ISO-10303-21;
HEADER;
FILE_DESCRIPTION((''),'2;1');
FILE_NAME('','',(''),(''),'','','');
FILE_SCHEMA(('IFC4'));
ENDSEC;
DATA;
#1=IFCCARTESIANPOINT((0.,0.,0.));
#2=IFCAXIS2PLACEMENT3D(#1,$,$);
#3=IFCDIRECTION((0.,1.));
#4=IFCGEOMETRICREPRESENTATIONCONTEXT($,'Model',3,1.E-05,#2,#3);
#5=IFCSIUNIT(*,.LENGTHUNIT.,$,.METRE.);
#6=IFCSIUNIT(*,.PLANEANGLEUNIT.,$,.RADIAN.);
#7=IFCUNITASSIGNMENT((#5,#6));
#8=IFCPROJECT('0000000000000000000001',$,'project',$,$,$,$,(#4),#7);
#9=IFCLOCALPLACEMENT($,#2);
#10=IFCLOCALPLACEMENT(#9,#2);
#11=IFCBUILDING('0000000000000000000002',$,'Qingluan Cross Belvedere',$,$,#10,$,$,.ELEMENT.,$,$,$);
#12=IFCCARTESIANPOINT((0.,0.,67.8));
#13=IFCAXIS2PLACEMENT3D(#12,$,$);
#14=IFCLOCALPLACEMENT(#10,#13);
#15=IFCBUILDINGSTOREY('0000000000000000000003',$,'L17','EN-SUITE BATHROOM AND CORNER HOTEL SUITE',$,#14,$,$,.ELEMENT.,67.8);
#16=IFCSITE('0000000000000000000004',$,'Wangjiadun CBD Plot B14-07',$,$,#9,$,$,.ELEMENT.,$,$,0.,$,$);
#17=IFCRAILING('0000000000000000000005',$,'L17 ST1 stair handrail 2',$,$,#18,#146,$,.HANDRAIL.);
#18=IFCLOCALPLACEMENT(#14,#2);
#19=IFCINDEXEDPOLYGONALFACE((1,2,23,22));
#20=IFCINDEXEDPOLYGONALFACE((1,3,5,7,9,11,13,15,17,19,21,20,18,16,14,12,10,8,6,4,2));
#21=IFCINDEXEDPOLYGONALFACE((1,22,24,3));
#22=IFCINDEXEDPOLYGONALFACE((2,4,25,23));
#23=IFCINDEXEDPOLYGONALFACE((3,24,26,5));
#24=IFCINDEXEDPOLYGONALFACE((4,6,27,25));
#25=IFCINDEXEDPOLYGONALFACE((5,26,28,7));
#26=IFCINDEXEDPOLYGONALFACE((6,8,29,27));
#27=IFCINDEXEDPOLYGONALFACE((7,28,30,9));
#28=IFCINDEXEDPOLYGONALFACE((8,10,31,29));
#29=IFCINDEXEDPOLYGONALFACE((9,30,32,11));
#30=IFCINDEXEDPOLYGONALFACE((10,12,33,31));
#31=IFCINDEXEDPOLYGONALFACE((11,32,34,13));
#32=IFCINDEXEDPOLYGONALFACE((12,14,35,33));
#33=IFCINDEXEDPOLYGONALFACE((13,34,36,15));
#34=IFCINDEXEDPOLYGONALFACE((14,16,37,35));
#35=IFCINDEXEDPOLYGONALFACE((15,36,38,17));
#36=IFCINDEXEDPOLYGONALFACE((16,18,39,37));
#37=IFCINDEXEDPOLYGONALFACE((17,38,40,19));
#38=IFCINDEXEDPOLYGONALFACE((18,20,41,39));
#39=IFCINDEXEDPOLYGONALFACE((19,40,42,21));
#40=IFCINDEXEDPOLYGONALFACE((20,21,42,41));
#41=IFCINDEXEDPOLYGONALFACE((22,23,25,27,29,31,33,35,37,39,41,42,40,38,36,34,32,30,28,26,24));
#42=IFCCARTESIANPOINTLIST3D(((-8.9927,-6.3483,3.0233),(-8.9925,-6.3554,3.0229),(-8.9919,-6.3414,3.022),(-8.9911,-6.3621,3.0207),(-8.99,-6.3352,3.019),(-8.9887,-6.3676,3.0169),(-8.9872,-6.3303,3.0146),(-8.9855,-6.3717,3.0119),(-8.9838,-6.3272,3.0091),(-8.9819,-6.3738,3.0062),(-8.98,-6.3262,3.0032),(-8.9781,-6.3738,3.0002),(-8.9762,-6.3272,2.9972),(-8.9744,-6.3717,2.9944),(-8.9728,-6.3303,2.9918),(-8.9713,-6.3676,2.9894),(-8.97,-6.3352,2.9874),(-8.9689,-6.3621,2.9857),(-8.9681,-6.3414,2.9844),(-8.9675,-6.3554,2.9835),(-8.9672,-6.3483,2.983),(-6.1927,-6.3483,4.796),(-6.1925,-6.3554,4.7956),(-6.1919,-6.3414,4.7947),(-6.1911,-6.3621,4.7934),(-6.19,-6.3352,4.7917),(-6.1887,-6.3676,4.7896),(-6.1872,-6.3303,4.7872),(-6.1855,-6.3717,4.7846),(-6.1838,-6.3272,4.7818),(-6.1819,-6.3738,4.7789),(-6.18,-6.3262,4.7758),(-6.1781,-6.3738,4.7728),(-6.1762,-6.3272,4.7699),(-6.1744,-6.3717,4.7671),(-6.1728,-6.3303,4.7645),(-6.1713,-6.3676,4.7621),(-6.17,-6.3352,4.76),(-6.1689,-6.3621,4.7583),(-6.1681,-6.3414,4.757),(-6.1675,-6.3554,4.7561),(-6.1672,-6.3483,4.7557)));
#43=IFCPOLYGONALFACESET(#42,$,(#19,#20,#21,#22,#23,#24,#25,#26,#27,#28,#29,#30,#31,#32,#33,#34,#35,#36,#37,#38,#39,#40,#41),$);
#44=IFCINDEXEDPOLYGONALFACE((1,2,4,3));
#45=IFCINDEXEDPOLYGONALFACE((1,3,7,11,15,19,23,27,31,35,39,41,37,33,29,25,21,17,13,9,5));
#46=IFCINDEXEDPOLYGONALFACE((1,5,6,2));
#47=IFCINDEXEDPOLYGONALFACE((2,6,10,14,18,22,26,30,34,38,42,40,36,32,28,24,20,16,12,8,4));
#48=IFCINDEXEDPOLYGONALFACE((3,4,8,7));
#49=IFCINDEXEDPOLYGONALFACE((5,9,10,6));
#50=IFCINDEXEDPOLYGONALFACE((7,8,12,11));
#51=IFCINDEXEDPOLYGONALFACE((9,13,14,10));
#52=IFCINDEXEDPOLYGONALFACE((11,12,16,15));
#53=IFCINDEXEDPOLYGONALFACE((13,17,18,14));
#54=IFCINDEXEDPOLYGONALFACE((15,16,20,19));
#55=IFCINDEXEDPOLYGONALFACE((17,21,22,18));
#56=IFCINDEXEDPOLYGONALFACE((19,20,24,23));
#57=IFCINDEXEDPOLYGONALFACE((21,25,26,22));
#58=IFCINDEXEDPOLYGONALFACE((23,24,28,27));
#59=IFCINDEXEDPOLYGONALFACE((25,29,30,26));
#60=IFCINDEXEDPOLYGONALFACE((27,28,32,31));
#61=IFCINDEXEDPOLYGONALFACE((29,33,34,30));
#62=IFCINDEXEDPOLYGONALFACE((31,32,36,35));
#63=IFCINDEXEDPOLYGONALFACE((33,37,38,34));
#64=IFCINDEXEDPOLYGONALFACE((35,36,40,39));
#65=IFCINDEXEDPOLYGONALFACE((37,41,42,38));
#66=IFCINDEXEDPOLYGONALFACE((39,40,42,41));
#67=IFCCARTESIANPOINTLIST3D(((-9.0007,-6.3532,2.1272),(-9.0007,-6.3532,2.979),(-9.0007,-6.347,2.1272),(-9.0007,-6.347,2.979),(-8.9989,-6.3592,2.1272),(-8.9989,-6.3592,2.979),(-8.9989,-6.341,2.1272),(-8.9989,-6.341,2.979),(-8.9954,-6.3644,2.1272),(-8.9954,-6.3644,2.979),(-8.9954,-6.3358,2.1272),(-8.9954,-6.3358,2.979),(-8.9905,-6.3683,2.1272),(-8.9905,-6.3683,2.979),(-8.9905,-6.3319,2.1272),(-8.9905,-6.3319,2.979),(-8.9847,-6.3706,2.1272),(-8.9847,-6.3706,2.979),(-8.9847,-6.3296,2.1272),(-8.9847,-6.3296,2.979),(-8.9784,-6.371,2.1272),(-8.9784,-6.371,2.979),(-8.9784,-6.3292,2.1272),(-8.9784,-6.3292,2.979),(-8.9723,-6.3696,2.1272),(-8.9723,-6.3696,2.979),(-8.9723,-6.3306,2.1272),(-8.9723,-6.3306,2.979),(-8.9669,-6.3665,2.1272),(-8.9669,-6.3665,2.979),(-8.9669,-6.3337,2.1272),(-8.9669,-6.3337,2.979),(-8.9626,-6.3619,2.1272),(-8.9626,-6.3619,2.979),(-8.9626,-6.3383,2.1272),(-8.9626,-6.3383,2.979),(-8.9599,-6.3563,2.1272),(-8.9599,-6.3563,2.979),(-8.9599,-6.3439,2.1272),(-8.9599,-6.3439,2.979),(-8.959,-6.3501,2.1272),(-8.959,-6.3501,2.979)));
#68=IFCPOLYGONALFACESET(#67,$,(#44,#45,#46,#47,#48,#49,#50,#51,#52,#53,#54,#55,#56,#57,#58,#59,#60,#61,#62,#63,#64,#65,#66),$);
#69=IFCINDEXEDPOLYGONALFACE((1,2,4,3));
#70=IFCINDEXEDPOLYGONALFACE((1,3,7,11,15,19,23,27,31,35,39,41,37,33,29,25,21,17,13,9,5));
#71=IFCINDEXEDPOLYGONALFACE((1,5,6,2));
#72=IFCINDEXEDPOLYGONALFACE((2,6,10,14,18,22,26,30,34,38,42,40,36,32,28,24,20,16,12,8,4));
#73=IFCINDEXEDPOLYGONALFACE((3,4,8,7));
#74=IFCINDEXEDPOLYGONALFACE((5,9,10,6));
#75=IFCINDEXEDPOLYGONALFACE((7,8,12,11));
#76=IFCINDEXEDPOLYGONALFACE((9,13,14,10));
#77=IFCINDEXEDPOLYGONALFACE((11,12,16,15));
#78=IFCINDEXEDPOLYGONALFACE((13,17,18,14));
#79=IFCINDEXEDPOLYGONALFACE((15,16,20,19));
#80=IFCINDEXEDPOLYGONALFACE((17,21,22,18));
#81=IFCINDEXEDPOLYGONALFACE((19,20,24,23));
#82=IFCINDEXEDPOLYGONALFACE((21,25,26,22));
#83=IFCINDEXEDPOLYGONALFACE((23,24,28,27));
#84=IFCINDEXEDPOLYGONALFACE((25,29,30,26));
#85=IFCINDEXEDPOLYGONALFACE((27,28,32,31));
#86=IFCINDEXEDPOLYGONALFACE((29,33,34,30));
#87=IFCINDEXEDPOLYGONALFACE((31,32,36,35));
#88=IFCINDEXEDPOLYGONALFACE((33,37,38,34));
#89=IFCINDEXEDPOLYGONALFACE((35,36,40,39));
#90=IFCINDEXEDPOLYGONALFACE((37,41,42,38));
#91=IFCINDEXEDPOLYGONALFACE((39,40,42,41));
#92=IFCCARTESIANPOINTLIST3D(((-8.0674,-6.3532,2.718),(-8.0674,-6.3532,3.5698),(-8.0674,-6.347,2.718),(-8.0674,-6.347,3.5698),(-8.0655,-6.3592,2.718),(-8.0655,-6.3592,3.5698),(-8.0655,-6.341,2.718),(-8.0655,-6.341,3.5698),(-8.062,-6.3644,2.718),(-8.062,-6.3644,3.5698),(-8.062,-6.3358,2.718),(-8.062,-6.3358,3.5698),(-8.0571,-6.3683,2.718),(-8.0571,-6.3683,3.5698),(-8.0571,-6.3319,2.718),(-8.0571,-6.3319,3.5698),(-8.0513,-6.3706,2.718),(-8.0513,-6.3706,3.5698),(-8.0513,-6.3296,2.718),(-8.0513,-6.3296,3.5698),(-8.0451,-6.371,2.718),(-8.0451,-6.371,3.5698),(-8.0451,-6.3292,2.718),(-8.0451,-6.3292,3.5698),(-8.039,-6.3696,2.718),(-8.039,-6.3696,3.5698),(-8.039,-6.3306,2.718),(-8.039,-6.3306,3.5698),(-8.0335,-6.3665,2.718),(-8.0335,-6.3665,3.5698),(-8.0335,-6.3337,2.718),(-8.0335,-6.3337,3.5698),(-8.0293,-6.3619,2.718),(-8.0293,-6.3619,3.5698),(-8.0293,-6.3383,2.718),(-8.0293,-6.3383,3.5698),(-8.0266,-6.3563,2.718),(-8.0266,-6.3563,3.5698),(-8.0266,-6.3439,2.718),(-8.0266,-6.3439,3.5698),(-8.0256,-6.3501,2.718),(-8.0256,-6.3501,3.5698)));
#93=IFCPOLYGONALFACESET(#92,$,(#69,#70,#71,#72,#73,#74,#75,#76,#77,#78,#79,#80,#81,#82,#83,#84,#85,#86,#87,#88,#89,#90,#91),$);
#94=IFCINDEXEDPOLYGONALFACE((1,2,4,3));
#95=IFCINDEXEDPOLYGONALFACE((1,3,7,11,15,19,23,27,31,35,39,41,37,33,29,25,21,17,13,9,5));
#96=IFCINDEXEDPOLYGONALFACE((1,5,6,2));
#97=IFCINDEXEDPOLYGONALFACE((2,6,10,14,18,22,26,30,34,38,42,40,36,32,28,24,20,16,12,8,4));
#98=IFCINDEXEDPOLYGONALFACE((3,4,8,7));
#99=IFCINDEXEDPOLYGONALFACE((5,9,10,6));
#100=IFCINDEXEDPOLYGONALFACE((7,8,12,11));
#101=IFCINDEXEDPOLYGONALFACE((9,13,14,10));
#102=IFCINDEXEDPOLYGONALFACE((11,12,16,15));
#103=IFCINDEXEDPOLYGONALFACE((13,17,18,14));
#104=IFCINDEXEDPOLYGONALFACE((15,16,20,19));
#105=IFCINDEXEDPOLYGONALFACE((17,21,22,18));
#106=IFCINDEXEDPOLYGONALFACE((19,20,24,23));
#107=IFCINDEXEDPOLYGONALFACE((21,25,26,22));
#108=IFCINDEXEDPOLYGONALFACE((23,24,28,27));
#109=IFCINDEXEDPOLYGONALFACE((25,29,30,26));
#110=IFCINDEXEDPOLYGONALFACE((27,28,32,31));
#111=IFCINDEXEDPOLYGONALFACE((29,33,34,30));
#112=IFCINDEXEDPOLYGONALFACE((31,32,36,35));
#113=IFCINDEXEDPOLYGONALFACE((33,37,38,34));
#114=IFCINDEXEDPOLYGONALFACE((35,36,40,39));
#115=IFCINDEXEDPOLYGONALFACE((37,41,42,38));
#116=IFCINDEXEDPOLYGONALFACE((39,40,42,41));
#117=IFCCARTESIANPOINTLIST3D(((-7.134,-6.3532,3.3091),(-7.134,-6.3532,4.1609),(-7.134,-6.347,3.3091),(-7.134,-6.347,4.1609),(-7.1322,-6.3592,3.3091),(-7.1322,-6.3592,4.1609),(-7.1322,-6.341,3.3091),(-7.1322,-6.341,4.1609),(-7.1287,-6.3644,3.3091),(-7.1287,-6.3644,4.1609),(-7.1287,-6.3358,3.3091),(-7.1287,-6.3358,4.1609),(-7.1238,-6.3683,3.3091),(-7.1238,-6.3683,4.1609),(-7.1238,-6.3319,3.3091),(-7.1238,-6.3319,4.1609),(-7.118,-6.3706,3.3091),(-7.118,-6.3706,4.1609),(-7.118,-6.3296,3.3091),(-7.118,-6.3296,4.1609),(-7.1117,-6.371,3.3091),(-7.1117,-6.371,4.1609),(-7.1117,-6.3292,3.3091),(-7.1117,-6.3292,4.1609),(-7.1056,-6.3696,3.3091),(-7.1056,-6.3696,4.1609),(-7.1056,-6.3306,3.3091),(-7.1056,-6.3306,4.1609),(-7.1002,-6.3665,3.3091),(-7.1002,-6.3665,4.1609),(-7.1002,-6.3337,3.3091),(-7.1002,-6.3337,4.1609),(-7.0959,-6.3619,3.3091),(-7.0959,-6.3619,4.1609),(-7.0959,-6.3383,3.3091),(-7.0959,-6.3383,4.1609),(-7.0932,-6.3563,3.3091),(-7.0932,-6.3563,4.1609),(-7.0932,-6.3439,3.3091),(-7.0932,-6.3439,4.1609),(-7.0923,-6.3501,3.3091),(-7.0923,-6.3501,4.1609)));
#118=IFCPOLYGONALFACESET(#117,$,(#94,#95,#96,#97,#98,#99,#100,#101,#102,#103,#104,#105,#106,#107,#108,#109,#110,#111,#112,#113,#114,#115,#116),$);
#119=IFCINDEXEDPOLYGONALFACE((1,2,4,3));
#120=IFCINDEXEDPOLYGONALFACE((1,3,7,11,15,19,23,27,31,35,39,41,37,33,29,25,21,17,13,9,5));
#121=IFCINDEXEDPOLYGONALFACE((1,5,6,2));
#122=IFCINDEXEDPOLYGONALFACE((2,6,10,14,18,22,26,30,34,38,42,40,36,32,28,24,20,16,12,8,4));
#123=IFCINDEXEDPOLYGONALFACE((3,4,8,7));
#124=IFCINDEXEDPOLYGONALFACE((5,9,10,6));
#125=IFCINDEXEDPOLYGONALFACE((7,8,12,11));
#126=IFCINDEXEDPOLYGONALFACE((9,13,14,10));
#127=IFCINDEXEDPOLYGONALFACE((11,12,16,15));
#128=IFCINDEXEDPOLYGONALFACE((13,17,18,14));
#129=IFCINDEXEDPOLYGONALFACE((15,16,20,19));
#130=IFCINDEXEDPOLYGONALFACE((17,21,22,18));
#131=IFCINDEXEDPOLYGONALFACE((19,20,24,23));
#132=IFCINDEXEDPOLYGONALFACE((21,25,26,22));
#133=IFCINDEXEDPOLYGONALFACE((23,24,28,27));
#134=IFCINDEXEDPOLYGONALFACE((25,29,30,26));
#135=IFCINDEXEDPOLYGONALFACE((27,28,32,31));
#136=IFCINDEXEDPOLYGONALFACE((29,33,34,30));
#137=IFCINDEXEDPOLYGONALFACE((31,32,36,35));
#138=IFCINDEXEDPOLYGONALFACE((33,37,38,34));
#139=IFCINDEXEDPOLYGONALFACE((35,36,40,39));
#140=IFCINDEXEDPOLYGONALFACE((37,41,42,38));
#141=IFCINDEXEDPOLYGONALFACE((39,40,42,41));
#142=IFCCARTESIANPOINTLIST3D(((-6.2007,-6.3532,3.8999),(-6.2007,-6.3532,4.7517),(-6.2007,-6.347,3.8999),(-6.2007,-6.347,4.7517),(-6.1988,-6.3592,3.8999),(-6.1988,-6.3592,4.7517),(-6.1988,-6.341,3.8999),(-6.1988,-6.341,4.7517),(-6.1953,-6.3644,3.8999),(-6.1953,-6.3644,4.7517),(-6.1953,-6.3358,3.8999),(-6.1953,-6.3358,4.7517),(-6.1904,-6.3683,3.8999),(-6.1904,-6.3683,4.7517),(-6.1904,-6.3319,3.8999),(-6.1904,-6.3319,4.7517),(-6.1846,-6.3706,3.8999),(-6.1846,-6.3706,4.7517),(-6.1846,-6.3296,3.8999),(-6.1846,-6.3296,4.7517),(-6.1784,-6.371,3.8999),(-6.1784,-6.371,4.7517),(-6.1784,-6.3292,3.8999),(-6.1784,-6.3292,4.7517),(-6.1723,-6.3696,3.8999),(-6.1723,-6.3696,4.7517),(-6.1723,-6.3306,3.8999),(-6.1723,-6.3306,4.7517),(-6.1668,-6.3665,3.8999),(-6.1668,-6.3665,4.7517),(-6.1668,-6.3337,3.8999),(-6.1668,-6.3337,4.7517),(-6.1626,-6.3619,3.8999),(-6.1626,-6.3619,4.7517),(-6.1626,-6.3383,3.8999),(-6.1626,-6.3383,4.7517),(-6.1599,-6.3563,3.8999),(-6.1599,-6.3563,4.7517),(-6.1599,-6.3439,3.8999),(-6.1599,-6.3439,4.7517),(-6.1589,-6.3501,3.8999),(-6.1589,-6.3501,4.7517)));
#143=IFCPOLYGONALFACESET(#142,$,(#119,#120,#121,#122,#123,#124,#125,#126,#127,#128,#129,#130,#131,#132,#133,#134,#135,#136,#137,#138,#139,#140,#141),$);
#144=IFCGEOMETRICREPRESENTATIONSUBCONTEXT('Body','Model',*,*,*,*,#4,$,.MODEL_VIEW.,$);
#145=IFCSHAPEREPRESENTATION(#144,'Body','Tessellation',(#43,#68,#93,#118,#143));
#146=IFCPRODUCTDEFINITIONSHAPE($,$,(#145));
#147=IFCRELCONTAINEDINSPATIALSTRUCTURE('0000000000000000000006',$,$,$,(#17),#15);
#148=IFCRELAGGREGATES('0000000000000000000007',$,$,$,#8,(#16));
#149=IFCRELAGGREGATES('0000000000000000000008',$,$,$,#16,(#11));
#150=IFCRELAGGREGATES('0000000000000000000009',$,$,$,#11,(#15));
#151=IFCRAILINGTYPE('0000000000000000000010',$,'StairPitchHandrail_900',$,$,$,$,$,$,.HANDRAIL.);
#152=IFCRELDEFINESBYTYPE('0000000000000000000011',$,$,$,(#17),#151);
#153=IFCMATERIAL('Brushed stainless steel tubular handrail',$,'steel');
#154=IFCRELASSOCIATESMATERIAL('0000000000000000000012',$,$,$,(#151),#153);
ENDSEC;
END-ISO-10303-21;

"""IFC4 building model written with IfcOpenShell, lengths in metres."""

from ifc_helpers import new_model, si_unit, direction, frame, origin, origin_2d, place, context, subcontext, project, spatial, circle, extrude, material, type_object, element, save


model = new_model("IFC4")

# Units and contexts
model_context = context("Model", 3, precision=1e-05, world=origin(), true_north=direction((0.0, 1.0)))
body_context = subcontext(model_context, "Body", "Model", "MODEL_VIEW")
ifc_project = project(units=[si_unit("LENGTHUNIT", "METRE"), si_unit("PLANEANGLEUNIT", "RADIAN")], contexts=[model_context])

# Site, building, storey
site_placement = place(None, origin())
site = spatial("IfcSite", under=ifc_project, at=site_placement, Name="Wangjiadun CBD Plot B14-07", CompositionType="ELEMENT", RefElevation=0.0)
building_placement = place(site_placement, origin())
building = spatial("IfcBuilding", under=site, at=building_placement, Name="Qingluan Cross Belvedere", CompositionType="ELEMENT")
storey_placement = place(building_placement, frame((0.0, 0.0, 67.8)))
storey = spatial("IfcBuildingStorey", under=building, at=storey_placement, Name="L17", Description="EN-SUITE BATHROOM AND CORNER HOTEL SUITE", CompositionType="ELEMENT", Elevation=67.8)

# Railing
ifc_material_1 = material(Name="Brushed stainless steel tubular handrail", Category="steel")
railing_type_1 = type_object("IfcRailingType", Name="StairPitchHandrail_900", PredefinedType="HANDRAIL", material=ifc_material_1)
railing_1_placement = place(storey_placement, frame((-8.98, -6.3501, 2.1272)))
element("IfcRailing", 1, at=railing_1_placement, inside=storey, type_object=railing_type_1, Name="L17 ST1 stair handrail 2", PredefinedType="HANDRAIL", context=body_context, shape_type="SweptSolid", body=[
    extrude(circle(Radius=0.0239, at=origin_2d()), frame((0.0, 0.0, 0.876), z_axis=(0.844909, 0.0, 0.53491), x_axis=(0.0, 1.0, 0.0)), (0.0, 0.0, 1.0), 3.314),
    extrude(circle(Radius=0.021, at=origin_2d()), origin(), (0.0, 0.0, 1.0), 0.8518),
    extrude(circle(Radius=0.021, at=origin_2d()), frame((0.9333, 0.0, 0.5908)), (0.0, 0.0, 1.0), 0.8518),
    extrude(circle(Radius=0.021, at=origin_2d()), frame((1.8667, 0.0, 1.1819)), (0.0, 0.0, 1.0), 0.8518),
    extrude(circle(Radius=0.021, at=origin_2d()), frame((2.8, 0.0, 1.7727)), (0.0, 0.0, 1.0), 0.8518),
])

save(model, "model.ifc")
